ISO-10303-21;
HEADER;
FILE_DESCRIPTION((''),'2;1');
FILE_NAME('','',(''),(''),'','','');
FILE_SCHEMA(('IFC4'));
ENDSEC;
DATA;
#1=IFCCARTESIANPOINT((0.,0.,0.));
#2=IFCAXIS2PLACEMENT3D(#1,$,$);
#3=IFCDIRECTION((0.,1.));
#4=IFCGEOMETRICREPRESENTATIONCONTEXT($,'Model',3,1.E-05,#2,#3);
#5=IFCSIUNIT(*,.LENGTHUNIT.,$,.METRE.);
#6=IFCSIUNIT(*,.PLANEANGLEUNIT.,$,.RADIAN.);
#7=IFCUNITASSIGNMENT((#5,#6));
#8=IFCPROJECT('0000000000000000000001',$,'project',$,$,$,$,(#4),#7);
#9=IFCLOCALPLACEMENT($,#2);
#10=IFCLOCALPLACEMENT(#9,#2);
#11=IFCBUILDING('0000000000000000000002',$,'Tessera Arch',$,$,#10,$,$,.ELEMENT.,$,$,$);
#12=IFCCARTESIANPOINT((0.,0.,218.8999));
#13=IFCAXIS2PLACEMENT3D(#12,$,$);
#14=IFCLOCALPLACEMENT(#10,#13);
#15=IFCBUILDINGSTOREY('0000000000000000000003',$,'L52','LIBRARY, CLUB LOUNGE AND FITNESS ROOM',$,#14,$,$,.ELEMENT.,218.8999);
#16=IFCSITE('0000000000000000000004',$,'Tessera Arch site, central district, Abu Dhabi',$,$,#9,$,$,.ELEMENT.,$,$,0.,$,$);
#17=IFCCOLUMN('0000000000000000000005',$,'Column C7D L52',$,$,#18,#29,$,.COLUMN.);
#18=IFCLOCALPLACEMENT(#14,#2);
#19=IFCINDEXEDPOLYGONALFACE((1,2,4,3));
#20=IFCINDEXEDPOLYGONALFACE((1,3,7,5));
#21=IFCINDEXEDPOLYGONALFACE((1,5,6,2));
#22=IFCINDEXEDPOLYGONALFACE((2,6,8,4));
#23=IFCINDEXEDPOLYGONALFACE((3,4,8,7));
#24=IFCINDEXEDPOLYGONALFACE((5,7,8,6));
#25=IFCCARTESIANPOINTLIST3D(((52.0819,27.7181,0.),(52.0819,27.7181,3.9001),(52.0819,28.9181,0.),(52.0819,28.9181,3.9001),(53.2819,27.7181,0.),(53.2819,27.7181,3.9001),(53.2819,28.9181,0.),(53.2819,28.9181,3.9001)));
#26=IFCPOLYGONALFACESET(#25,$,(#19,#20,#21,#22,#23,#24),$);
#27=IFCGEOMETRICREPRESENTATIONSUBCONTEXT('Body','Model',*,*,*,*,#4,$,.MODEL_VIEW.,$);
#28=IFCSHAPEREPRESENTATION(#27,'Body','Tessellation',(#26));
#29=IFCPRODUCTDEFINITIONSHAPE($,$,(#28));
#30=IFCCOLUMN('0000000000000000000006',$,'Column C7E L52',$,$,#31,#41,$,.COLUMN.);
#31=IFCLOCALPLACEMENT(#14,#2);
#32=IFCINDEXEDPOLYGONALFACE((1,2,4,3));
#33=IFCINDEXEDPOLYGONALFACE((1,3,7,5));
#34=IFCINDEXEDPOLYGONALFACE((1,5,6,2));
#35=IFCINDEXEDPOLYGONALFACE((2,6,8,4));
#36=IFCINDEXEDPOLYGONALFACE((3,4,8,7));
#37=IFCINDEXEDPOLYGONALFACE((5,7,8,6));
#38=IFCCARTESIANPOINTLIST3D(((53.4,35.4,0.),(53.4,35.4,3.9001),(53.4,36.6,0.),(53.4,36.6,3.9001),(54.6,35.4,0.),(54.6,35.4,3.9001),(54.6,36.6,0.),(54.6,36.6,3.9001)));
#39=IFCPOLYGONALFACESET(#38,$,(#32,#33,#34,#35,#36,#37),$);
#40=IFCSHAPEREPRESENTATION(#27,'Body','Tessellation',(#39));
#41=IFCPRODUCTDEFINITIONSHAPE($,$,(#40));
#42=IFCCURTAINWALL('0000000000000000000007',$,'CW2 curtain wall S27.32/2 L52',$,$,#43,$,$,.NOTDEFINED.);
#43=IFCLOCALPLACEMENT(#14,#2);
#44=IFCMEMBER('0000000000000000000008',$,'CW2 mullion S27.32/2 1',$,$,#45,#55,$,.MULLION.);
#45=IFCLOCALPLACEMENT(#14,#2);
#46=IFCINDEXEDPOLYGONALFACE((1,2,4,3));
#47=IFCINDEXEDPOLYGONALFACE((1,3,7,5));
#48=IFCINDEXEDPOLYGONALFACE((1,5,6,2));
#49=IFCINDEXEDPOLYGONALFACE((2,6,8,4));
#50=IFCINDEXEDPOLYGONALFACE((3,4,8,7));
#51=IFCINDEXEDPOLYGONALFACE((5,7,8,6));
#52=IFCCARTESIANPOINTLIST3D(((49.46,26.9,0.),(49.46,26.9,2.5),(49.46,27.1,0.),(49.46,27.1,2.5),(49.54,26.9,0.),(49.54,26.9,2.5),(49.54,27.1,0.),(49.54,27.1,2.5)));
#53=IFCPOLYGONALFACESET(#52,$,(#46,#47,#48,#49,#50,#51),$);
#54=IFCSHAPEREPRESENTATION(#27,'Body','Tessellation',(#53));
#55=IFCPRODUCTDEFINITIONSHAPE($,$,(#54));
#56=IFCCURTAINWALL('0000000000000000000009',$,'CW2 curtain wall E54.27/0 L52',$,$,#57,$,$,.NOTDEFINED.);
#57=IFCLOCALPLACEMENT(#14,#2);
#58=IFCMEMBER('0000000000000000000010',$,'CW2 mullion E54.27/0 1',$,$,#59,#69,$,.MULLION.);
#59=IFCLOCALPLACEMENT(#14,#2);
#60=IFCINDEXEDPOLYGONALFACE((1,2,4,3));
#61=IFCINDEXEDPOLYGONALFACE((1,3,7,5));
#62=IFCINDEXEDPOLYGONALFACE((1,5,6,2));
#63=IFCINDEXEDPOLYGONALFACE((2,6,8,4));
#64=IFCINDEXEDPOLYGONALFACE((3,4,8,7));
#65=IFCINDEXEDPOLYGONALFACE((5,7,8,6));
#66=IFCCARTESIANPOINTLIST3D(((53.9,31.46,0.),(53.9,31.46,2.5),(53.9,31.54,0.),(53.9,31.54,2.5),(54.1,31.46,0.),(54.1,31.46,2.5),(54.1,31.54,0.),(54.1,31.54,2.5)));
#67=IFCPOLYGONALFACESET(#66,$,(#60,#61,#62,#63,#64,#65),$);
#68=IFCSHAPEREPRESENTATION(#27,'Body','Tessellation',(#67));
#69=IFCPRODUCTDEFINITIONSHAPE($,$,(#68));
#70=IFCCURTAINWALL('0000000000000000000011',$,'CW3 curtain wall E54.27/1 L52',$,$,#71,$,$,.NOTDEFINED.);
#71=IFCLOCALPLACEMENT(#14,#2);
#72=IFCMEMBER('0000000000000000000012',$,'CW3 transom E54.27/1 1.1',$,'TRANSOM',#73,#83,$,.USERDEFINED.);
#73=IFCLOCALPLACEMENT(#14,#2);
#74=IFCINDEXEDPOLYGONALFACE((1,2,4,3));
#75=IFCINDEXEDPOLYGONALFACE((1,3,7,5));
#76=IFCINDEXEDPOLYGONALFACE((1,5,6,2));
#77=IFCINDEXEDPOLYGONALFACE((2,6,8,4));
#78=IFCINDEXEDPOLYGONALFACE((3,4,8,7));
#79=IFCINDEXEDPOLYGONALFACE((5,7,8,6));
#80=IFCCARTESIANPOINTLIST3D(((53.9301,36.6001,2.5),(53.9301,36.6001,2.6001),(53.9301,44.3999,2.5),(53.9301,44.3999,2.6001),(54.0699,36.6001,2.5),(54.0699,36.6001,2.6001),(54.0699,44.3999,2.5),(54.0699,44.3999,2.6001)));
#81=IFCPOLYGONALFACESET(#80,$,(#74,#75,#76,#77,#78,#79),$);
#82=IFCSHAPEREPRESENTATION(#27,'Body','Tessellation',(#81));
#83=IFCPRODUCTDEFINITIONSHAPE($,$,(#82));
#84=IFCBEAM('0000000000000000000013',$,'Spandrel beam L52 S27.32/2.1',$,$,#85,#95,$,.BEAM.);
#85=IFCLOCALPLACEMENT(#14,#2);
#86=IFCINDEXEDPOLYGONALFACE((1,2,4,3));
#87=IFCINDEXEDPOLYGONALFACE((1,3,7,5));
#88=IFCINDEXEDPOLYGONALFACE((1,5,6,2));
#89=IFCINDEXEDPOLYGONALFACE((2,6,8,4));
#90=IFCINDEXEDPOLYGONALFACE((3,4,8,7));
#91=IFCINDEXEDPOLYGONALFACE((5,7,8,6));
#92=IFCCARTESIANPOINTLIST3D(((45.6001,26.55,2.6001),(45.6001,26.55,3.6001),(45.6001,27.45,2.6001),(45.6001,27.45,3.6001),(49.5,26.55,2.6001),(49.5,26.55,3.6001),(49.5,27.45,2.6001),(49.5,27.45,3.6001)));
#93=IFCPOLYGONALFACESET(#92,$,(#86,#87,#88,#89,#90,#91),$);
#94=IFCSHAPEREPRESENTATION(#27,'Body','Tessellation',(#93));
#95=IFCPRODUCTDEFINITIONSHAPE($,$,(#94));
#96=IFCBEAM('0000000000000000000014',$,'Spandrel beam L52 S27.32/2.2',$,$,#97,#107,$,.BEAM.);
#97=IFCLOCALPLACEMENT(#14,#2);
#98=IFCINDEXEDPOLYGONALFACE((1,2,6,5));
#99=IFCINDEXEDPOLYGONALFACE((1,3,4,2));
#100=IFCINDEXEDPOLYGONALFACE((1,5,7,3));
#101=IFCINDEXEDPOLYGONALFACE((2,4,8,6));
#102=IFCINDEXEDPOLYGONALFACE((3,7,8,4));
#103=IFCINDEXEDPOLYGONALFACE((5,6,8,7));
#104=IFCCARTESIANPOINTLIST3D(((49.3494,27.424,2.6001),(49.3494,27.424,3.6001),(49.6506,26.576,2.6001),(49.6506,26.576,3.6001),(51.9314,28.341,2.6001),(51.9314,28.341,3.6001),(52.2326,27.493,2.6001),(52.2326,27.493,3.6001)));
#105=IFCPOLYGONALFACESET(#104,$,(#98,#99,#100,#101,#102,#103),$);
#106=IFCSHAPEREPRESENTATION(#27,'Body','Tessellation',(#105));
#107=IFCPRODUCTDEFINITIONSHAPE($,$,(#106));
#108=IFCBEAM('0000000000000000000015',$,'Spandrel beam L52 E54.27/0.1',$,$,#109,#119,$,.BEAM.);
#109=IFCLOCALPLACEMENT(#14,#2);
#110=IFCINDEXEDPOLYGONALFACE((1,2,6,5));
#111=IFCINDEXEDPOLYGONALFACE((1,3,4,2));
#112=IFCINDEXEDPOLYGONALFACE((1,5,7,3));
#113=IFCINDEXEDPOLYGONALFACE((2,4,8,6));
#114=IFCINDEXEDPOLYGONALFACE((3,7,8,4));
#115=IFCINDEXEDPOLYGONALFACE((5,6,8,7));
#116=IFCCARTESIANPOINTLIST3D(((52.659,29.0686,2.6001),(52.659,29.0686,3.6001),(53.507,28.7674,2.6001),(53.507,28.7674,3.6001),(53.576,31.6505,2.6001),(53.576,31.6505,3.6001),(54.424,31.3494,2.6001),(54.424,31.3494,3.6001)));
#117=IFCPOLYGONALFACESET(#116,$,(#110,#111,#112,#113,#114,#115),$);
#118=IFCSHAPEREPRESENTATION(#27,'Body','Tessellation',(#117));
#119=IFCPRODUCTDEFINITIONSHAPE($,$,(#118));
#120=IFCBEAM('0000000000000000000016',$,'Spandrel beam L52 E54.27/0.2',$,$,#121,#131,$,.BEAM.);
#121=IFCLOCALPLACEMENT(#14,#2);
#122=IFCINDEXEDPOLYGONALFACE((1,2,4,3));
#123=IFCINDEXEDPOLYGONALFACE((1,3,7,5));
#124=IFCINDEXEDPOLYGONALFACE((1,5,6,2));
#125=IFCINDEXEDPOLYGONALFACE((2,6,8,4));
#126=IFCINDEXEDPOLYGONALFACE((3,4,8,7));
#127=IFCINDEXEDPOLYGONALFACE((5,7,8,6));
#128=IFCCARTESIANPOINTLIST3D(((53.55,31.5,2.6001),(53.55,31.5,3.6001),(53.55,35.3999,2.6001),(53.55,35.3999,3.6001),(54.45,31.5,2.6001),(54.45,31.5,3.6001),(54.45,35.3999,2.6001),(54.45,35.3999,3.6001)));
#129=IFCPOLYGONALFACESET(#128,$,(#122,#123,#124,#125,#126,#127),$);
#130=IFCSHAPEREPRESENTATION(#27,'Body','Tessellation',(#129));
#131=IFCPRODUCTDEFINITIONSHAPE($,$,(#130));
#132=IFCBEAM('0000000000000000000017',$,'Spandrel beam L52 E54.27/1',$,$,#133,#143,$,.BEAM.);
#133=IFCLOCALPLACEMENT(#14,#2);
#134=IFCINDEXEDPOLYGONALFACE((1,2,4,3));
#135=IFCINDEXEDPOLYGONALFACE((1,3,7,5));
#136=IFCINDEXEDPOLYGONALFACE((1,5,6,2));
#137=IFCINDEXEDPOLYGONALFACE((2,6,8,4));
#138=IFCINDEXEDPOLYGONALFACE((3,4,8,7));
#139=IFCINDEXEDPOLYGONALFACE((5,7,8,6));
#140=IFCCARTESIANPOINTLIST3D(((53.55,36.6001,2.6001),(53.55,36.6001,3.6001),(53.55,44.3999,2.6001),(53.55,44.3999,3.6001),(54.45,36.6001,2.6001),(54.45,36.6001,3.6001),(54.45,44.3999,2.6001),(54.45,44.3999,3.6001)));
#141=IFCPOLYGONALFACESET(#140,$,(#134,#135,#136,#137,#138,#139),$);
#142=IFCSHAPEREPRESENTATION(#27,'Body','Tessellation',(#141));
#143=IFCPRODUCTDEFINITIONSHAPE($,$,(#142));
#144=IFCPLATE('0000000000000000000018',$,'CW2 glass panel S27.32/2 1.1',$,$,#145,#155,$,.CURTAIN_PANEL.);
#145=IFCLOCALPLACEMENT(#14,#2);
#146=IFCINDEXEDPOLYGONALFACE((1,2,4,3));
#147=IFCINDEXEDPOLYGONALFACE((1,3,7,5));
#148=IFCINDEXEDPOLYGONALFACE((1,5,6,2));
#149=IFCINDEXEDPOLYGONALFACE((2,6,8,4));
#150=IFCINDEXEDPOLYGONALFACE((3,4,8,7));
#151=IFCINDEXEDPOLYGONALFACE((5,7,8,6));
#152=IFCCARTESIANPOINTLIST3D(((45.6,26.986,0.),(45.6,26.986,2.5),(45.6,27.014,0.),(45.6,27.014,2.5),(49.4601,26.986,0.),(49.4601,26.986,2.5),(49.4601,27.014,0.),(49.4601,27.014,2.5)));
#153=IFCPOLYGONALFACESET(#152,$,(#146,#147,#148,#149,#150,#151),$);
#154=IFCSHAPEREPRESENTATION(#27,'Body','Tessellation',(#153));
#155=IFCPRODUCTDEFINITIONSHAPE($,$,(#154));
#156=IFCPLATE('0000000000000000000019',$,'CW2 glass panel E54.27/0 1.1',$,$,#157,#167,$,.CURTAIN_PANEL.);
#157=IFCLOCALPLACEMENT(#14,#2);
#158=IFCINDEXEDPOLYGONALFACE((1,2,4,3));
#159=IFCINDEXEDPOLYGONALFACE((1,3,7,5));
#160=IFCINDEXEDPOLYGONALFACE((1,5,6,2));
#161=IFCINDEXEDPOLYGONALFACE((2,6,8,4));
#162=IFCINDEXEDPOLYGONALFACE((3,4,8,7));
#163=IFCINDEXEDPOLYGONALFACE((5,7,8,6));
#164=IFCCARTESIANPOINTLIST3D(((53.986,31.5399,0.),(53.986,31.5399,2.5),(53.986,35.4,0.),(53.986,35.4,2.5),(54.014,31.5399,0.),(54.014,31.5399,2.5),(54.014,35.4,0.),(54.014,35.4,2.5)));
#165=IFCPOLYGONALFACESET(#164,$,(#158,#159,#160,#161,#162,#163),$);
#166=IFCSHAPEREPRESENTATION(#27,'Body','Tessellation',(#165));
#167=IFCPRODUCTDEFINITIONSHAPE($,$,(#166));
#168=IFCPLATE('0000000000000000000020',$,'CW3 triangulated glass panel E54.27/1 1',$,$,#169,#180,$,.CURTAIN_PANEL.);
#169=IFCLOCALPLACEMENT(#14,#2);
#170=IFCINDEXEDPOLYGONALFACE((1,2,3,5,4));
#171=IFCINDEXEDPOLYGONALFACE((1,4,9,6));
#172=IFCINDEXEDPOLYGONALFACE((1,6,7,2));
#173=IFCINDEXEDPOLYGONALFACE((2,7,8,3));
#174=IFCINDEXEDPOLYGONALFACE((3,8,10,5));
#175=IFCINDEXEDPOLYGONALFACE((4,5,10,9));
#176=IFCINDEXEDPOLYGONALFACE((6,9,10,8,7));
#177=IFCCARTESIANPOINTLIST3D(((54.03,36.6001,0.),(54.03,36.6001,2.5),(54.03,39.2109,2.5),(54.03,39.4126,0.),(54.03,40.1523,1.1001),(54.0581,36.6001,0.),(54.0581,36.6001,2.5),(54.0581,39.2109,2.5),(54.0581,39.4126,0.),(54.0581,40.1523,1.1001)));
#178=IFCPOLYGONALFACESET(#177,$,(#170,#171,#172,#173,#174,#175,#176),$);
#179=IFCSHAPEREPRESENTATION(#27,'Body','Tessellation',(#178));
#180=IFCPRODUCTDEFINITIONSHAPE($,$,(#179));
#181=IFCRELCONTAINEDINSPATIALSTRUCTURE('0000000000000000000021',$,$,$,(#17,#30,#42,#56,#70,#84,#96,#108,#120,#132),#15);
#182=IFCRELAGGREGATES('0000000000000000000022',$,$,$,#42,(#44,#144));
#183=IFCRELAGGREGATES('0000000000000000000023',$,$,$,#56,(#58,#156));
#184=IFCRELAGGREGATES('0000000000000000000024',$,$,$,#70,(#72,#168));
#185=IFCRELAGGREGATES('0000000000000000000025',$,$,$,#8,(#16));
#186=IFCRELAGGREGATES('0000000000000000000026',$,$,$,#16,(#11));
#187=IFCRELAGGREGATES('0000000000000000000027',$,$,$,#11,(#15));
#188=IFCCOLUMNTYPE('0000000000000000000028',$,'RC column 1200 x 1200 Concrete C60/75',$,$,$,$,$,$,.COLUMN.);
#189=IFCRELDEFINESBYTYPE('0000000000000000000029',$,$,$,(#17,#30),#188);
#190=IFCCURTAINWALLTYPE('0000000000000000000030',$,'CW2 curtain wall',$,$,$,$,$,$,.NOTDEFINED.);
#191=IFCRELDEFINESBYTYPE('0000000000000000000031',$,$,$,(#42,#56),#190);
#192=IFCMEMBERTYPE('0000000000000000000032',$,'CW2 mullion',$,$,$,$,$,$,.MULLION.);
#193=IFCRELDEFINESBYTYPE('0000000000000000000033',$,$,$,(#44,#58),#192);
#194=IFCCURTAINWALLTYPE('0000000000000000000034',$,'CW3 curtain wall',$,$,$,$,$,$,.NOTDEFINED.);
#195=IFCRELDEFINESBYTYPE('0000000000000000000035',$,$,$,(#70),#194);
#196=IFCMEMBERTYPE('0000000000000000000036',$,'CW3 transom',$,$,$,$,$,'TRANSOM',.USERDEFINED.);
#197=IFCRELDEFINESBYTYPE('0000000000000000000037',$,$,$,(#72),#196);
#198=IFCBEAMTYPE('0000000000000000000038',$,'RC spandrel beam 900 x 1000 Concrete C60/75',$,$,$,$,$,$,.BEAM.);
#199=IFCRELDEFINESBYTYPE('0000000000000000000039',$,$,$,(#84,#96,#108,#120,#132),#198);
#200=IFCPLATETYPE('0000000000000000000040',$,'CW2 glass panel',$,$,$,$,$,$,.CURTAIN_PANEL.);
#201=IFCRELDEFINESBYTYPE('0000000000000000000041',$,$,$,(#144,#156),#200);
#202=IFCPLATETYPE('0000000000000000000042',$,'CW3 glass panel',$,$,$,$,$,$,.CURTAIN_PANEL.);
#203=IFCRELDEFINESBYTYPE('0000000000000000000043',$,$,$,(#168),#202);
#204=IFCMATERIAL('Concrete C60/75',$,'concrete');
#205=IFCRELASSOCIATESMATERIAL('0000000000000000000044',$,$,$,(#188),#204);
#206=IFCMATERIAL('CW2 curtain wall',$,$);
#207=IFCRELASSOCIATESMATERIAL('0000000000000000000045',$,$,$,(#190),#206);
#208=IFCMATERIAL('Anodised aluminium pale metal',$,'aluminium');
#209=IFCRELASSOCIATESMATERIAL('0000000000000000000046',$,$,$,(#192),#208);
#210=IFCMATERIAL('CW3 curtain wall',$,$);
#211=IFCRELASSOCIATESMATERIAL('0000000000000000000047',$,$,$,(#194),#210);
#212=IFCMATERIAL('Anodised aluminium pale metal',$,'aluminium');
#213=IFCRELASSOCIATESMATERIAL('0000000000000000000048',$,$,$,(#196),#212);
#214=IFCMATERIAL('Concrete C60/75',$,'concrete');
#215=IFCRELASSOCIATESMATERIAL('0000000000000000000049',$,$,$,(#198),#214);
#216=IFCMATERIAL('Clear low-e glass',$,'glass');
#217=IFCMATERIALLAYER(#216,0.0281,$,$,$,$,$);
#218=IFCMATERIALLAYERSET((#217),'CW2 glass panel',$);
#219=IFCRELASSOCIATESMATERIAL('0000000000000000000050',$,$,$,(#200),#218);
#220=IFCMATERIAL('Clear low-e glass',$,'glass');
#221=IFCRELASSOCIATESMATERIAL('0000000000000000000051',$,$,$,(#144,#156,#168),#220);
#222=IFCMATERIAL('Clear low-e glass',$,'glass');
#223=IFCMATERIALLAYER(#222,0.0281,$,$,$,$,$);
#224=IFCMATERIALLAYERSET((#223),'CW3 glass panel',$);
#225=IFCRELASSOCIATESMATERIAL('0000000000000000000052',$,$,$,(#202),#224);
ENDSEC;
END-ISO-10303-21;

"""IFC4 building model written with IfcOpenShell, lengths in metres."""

from ifc_helpers import new_model, si_unit, direction, frame, origin, origin_2d, place, context, subcontext, project, spatial, polyline, rectangle, outline, extrude, material, layer, layer_set, material_profile, profile_set, type_object, element, aggregate, save


model = new_model("IFC4")

# Units and contexts
model_context = context("Model", 3, precision=1e-05, world=origin(), true_north=direction((0.0, 1.0)))
body_context = subcontext(model_context, "Body", "Model", "MODEL_VIEW")
ifc_project = project(units=[si_unit("LENGTHUNIT", "METRE"), si_unit("PLANEANGLEUNIT", "RADIAN")], contexts=[model_context])

# Site, building, storey
site_placement = place(None, origin())
site = spatial("IfcSite", under=ifc_project, at=site_placement, Name="Tessera Arch site, central district, Abu Dhabi", CompositionType="ELEMENT", RefElevation=0.0)
building_placement = place(site_placement, origin())
building = spatial("IfcBuilding", under=site, at=building_placement, Name="Tessera Arch", CompositionType="ELEMENT")
storey_placement = place(building_placement, frame((0.0, 0.0, 218.8999)))
storey = spatial("IfcBuildingStorey", under=building, at=storey_placement, Name="L52", Description="LIBRARY, CLUB LOUNGE AND FITNESS ROOM", CompositionType="ELEMENT", Elevation=218.8999)

# Columns
ifc_material_1 = material(Name="Concrete C60/75", Category="concrete")
ifc_material_profile_1 = material_profile(ifc_material_1, rectangle(XDim=1.2, YDim=1.2, at=origin_2d()), Name="RC column 1200 x 1200 Concrete C60/75")
ifc_profile_set_1 = profile_set([ifc_material_profile_1], Name="Concrete C60/75")
column_type = type_object("IfcColumnType", Name="RC column 1200 x 1200 Concrete C60/75", PredefinedType="COLUMN", material=ifc_profile_set_1)
for number, where, z_axis, x_axis, name in (
    (1, (52.6819, 28.3181, 0.0), (0.0, 0.0, 1.0), (1.0, 0.0, 0.0), "Column C7D L52"),
    (2, (54.0, 36.0, 0.0), (0.0, 0.0, 1.0), (1.0, 0.0, 0.0), "Column C7E L52"),
):
    element("IfcColumn", number, at=place(storey_placement, frame(where, z_axis=z_axis, x_axis=x_axis)), inside=storey, type_object=column_type, Name=name, PredefinedType="COLUMN", context=body_context, shape_type="SweptSolid", body=[
        extrude(rectangle(XDim=1.2, YDim=1.2, at=origin_2d()), origin(), (0.0, 0.0, 1.0), 3.9001),
    ])

# Curtain walls, members
ifc_material_2 = material(Name="CW2 curtain wall")
curtain_wall_type_1 = type_object("IfcCurtainWallType", Name="CW2 curtain wall", PredefinedType="NOTDEFINED", material=ifc_material_2)
curtain_wall_1_placement = place(storey_placement, origin())
curtain_wall_1 = element("IfcCurtainWall", 3, at=curtain_wall_1_placement, inside=storey, type_object=curtain_wall_type_1, Name="CW2 curtain wall S27.32/2 L52", PredefinedType="NOTDEFINED")
ifc_material_3 = material(Name="Anodised aluminium pale metal", Category="aluminium")
ifc_material_profile_2 = material_profile(ifc_material_3, rectangle(XDim=0.2, YDim=0.0801, at=origin_2d()), Name="AL 80x200")
ifc_profile_set_2 = profile_set([ifc_material_profile_2], Name="Anodised aluminium pale metal")
member_type_1 = type_object("IfcMemberType", Name="CW2 mullion", PredefinedType="MULLION", material=ifc_profile_set_2)
member_1_placement = place(storey_placement, frame((49.5, 27.0, 0.0), z_axis=(0.0, 0.0, 1.0), x_axis=(0.0, 1.0, 0.0)))
member_1 = element("IfcMember", 4, at=member_1_placement, type_object=member_type_1, Name="CW2 mullion S27.32/2 1", PredefinedType="MULLION", context=body_context, shape_type="SweptSolid", body=[
    extrude(rectangle(XDim=0.2, YDim=0.0801, at=origin_2d()), origin(), (0.0, 0.0, 1.0), 2.5),
])
curtain_wall_2_placement = place(storey_placement, origin())
curtain_wall_2 = element("IfcCurtainWall", 5, at=curtain_wall_2_placement, inside=storey, type_object=curtain_wall_type_1, Name="CW2 curtain wall E54.27/0 L52", PredefinedType="NOTDEFINED")
member_2_placement = place(storey_placement, frame((54.0, 31.5, 0.0), z_axis=(0.0, 0.0, 1.0), x_axis=(-1.0, 0.0, 0.0)))
member_2 = element("IfcMember", 6, at=member_2_placement, type_object=member_type_1, Name="CW2 mullion E54.27/0 1", PredefinedType="MULLION", context=body_context, shape_type="SweptSolid", body=[
    extrude(rectangle(XDim=0.2, YDim=0.0801, at=origin_2d()), origin(), (0.0, 0.0, 1.0), 2.5),
])
ifc_material_4 = material(Name="CW3 curtain wall")
curtain_wall_type_2 = type_object("IfcCurtainWallType", Name="CW3 curtain wall", PredefinedType="NOTDEFINED", material=ifc_material_4)
curtain_wall_3_placement = place(storey_placement, origin())
curtain_wall_3 = element("IfcCurtainWall", 7, at=curtain_wall_3_placement, inside=storey, type_object=curtain_wall_type_2, Name="CW3 curtain wall E54.27/1 L52", PredefinedType="NOTDEFINED")
ifc_material_5 = material(Name="Anodised aluminium pale metal", Category="aluminium")
ifc_material_profile_3 = material_profile(ifc_material_5, rectangle(XDim=0.1399, YDim=0.1001, at=origin_2d()), Name="AL 140x100")
ifc_profile_set_3 = profile_set([ifc_material_profile_3], Name="Anodised aluminium pale metal")
member_type_2 = type_object("IfcMemberType", Name="CW3 transom", ElementType="TRANSOM", PredefinedType="USERDEFINED", material=ifc_profile_set_3)
member_3_placement = place(storey_placement, frame((54.0, 36.6001, 2.55), z_axis=(0.0, 1.0, 0.0), x_axis=(-1.0, 0.0, 0.0)))
member_3 = element("IfcMember", 8, at=member_3_placement, type_object=member_type_2, Name="CW3 transom E54.27/1 1.1", ObjectType="TRANSOM", PredefinedType="USERDEFINED", context=body_context, shape_type="SweptSolid", body=[
    extrude(rectangle(XDim=0.1399, YDim=0.1001, at=origin_2d()), origin(), (0.0, 0.0, 1.0), 7.7998),
])

# Beams
ifc_material_6 = material(Name="Concrete C60/75", Category="concrete")
ifc_material_profile_4 = material_profile(ifc_material_6, rectangle(XDim=0.8999, YDim=1.0, at=origin_2d()), Name="RC spandrel beam 900 x 1000 Concrete C60/75")
ifc_profile_set_4 = profile_set([ifc_material_profile_4], Name="Concrete C60/75")
beam_type = type_object("IfcBeamType", Name="RC spandrel beam 900 x 1000 Concrete C60/75", PredefinedType="BEAM", material=ifc_profile_set_4)
beam_1_placement = place(storey_placement, frame((45.6001, 27.0, 3.1001), z_axis=(1.0, 0.0, 0.0), x_axis=(0.0, 1.0, 0.0)))
element("IfcBeam", 9, at=beam_1_placement, inside=storey, type_object=beam_type, Name="Spandrel beam L52 S27.32/2.1", PredefinedType="BEAM", context=body_context, shape_type="SweptSolid", body=[
    extrude(rectangle(XDim=0.8999, YDim=1.0, at=origin_2d()), origin(), (0.0, 0.0, 1.0), 3.8999),
])
for number, where, z_axis, x_axis, name in (
    (10, (49.5, 27.0, 3.1001), (0.942337, 0.334665, 0.0), (-0.334665, 0.942337, 0.0), "Spandrel beam L52 S27.32/2.2"),
    (11, (53.083, 28.918, 3.1001), (0.334665, 0.942337, 0.0), (-0.942337, 0.334665, 0.0), "Spandrel beam L52 E54.27/0.1"),
):
    element("IfcBeam", number, at=place(storey_placement, frame(where, z_axis=z_axis, x_axis=x_axis)), inside=storey, type_object=beam_type, Name=name, PredefinedType="BEAM", context=body_context, shape_type="SweptSolid", body=[
        extrude(rectangle(XDim=0.8999, YDim=1.0, at=origin_2d()), origin(), (0.0, 0.0, 1.0), 2.74),
    ])
beam_2_placement = place(storey_placement, frame((54.0, 31.5, 3.1001), z_axis=(0.0, 1.0, 0.0), x_axis=(-1.0, 0.0, 0.0)))
element("IfcBeam", 12, at=beam_2_placement, inside=storey, type_object=beam_type, Name="Spandrel beam L52 E54.27/0.2", PredefinedType="BEAM", context=body_context, shape_type="SweptSolid", body=[
    extrude(rectangle(XDim=0.8999, YDim=1.0, at=origin_2d()), origin(), (0.0, 0.0, 1.0), 3.8999),
])
beam_3_placement = place(storey_placement, frame((54.0, 36.6001, 3.1001), z_axis=(0.0, 1.0, 0.0), x_axis=(-1.0, 0.0, 0.0)))
element("IfcBeam", 13, at=beam_3_placement, inside=storey, type_object=beam_type, Name="Spandrel beam L52 E54.27/1", PredefinedType="BEAM", context=body_context, shape_type="SweptSolid", body=[
    extrude(rectangle(XDim=0.8999, YDim=1.0, at=origin_2d()), origin(), (0.0, 0.0, 1.0), 7.7998),
])

# Plates
ifc_material_7 = material(Name="Clear low-e glass", Category="glass")
ifc_material_8 = material(Name="Clear low-e glass", Category="glass")
ifc_layer_1 = layer(ifc_material_8, 0.0281)
ifc_layer_set_1 = layer_set([ifc_layer_1], Name="CW2 glass panel")
plate_type_1 = type_object("IfcPlateType", Name="CW2 glass panel", PredefinedType="CURTAIN_PANEL", material=ifc_layer_set_1)
plate_1_placement = place(storey_placement, frame((47.53, 27.0, 0.0), z_axis=(0.0, 0.0, 1.0), x_axis=(1.0, 0.0, 0.0)))
plate_1 = element("IfcPlate", 14, at=plate_1_placement, type_object=plate_type_1, material=ifc_material_7, Name="CW2 glass panel S27.32/2 1.1", PredefinedType="CURTAIN_PANEL", context=body_context, shape_type="SweptSolid", body=[
    extrude(rectangle(XDim=3.8601, YDim=0.0281, at=origin_2d()), origin(), (0.0, 0.0, 1.0), 2.5),
])
aggregate(curtain_wall_1, [member_1, plate_1])
plate_2_placement = place(storey_placement, frame((54.0, 33.47, 0.0), z_axis=(0.0, 0.0, 1.0), x_axis=(0.0, 1.0, 0.0)))
plate_2 = element("IfcPlate", 15, at=plate_2_placement, type_object=plate_type_1, material=ifc_material_7, Name="CW2 glass panel E54.27/0 1.1", PredefinedType="CURTAIN_PANEL", context=body_context, shape_type="SweptSolid", body=[
    extrude(rectangle(XDim=3.8601, YDim=0.0281, at=origin_2d()), origin(), (0.0, 0.0, 1.0), 2.5),
])
aggregate(curtain_wall_2, [member_2, plate_2])
ifc_material_9 = material(Name="Clear low-e glass", Category="glass")
ifc_layer_2 = layer(ifc_material_9, 0.0281)
ifc_layer_set_2 = layer_set([ifc_layer_2], Name="CW3 glass panel")
plate_type_2 = type_object("IfcPlateType", Name="CW3 glass panel", PredefinedType="CURTAIN_PANEL", material=ifc_layer_set_2)
plate_3_placement = place(storey_placement, frame((54.0581, 36.6001, 0.0), z_axis=(1.0, 0.0, 0.0), x_axis=(0.0, 1.0, 0.0)))
plate_3 = element("IfcPlate", 16, at=plate_3_placement, type_object=plate_type_2, material=ifc_material_7, Name="CW3 triangulated glass panel E54.27/1 1", PredefinedType="CURTAIN_PANEL", context=body_context, shape_type="SweptSolid", body=[
    extrude(outline(polyline([(0.0, 0.0), (2.8125, 0.0), (3.5522, 1.1001), (2.6108, 2.5), (0.0, 2.5), (0.0, 0.0)])), origin(), (0.0, 0.0, -1.0), 0.0281),
])
aggregate(curtain_wall_3, [member_3, plate_3])

save(model, "model.ifc")
